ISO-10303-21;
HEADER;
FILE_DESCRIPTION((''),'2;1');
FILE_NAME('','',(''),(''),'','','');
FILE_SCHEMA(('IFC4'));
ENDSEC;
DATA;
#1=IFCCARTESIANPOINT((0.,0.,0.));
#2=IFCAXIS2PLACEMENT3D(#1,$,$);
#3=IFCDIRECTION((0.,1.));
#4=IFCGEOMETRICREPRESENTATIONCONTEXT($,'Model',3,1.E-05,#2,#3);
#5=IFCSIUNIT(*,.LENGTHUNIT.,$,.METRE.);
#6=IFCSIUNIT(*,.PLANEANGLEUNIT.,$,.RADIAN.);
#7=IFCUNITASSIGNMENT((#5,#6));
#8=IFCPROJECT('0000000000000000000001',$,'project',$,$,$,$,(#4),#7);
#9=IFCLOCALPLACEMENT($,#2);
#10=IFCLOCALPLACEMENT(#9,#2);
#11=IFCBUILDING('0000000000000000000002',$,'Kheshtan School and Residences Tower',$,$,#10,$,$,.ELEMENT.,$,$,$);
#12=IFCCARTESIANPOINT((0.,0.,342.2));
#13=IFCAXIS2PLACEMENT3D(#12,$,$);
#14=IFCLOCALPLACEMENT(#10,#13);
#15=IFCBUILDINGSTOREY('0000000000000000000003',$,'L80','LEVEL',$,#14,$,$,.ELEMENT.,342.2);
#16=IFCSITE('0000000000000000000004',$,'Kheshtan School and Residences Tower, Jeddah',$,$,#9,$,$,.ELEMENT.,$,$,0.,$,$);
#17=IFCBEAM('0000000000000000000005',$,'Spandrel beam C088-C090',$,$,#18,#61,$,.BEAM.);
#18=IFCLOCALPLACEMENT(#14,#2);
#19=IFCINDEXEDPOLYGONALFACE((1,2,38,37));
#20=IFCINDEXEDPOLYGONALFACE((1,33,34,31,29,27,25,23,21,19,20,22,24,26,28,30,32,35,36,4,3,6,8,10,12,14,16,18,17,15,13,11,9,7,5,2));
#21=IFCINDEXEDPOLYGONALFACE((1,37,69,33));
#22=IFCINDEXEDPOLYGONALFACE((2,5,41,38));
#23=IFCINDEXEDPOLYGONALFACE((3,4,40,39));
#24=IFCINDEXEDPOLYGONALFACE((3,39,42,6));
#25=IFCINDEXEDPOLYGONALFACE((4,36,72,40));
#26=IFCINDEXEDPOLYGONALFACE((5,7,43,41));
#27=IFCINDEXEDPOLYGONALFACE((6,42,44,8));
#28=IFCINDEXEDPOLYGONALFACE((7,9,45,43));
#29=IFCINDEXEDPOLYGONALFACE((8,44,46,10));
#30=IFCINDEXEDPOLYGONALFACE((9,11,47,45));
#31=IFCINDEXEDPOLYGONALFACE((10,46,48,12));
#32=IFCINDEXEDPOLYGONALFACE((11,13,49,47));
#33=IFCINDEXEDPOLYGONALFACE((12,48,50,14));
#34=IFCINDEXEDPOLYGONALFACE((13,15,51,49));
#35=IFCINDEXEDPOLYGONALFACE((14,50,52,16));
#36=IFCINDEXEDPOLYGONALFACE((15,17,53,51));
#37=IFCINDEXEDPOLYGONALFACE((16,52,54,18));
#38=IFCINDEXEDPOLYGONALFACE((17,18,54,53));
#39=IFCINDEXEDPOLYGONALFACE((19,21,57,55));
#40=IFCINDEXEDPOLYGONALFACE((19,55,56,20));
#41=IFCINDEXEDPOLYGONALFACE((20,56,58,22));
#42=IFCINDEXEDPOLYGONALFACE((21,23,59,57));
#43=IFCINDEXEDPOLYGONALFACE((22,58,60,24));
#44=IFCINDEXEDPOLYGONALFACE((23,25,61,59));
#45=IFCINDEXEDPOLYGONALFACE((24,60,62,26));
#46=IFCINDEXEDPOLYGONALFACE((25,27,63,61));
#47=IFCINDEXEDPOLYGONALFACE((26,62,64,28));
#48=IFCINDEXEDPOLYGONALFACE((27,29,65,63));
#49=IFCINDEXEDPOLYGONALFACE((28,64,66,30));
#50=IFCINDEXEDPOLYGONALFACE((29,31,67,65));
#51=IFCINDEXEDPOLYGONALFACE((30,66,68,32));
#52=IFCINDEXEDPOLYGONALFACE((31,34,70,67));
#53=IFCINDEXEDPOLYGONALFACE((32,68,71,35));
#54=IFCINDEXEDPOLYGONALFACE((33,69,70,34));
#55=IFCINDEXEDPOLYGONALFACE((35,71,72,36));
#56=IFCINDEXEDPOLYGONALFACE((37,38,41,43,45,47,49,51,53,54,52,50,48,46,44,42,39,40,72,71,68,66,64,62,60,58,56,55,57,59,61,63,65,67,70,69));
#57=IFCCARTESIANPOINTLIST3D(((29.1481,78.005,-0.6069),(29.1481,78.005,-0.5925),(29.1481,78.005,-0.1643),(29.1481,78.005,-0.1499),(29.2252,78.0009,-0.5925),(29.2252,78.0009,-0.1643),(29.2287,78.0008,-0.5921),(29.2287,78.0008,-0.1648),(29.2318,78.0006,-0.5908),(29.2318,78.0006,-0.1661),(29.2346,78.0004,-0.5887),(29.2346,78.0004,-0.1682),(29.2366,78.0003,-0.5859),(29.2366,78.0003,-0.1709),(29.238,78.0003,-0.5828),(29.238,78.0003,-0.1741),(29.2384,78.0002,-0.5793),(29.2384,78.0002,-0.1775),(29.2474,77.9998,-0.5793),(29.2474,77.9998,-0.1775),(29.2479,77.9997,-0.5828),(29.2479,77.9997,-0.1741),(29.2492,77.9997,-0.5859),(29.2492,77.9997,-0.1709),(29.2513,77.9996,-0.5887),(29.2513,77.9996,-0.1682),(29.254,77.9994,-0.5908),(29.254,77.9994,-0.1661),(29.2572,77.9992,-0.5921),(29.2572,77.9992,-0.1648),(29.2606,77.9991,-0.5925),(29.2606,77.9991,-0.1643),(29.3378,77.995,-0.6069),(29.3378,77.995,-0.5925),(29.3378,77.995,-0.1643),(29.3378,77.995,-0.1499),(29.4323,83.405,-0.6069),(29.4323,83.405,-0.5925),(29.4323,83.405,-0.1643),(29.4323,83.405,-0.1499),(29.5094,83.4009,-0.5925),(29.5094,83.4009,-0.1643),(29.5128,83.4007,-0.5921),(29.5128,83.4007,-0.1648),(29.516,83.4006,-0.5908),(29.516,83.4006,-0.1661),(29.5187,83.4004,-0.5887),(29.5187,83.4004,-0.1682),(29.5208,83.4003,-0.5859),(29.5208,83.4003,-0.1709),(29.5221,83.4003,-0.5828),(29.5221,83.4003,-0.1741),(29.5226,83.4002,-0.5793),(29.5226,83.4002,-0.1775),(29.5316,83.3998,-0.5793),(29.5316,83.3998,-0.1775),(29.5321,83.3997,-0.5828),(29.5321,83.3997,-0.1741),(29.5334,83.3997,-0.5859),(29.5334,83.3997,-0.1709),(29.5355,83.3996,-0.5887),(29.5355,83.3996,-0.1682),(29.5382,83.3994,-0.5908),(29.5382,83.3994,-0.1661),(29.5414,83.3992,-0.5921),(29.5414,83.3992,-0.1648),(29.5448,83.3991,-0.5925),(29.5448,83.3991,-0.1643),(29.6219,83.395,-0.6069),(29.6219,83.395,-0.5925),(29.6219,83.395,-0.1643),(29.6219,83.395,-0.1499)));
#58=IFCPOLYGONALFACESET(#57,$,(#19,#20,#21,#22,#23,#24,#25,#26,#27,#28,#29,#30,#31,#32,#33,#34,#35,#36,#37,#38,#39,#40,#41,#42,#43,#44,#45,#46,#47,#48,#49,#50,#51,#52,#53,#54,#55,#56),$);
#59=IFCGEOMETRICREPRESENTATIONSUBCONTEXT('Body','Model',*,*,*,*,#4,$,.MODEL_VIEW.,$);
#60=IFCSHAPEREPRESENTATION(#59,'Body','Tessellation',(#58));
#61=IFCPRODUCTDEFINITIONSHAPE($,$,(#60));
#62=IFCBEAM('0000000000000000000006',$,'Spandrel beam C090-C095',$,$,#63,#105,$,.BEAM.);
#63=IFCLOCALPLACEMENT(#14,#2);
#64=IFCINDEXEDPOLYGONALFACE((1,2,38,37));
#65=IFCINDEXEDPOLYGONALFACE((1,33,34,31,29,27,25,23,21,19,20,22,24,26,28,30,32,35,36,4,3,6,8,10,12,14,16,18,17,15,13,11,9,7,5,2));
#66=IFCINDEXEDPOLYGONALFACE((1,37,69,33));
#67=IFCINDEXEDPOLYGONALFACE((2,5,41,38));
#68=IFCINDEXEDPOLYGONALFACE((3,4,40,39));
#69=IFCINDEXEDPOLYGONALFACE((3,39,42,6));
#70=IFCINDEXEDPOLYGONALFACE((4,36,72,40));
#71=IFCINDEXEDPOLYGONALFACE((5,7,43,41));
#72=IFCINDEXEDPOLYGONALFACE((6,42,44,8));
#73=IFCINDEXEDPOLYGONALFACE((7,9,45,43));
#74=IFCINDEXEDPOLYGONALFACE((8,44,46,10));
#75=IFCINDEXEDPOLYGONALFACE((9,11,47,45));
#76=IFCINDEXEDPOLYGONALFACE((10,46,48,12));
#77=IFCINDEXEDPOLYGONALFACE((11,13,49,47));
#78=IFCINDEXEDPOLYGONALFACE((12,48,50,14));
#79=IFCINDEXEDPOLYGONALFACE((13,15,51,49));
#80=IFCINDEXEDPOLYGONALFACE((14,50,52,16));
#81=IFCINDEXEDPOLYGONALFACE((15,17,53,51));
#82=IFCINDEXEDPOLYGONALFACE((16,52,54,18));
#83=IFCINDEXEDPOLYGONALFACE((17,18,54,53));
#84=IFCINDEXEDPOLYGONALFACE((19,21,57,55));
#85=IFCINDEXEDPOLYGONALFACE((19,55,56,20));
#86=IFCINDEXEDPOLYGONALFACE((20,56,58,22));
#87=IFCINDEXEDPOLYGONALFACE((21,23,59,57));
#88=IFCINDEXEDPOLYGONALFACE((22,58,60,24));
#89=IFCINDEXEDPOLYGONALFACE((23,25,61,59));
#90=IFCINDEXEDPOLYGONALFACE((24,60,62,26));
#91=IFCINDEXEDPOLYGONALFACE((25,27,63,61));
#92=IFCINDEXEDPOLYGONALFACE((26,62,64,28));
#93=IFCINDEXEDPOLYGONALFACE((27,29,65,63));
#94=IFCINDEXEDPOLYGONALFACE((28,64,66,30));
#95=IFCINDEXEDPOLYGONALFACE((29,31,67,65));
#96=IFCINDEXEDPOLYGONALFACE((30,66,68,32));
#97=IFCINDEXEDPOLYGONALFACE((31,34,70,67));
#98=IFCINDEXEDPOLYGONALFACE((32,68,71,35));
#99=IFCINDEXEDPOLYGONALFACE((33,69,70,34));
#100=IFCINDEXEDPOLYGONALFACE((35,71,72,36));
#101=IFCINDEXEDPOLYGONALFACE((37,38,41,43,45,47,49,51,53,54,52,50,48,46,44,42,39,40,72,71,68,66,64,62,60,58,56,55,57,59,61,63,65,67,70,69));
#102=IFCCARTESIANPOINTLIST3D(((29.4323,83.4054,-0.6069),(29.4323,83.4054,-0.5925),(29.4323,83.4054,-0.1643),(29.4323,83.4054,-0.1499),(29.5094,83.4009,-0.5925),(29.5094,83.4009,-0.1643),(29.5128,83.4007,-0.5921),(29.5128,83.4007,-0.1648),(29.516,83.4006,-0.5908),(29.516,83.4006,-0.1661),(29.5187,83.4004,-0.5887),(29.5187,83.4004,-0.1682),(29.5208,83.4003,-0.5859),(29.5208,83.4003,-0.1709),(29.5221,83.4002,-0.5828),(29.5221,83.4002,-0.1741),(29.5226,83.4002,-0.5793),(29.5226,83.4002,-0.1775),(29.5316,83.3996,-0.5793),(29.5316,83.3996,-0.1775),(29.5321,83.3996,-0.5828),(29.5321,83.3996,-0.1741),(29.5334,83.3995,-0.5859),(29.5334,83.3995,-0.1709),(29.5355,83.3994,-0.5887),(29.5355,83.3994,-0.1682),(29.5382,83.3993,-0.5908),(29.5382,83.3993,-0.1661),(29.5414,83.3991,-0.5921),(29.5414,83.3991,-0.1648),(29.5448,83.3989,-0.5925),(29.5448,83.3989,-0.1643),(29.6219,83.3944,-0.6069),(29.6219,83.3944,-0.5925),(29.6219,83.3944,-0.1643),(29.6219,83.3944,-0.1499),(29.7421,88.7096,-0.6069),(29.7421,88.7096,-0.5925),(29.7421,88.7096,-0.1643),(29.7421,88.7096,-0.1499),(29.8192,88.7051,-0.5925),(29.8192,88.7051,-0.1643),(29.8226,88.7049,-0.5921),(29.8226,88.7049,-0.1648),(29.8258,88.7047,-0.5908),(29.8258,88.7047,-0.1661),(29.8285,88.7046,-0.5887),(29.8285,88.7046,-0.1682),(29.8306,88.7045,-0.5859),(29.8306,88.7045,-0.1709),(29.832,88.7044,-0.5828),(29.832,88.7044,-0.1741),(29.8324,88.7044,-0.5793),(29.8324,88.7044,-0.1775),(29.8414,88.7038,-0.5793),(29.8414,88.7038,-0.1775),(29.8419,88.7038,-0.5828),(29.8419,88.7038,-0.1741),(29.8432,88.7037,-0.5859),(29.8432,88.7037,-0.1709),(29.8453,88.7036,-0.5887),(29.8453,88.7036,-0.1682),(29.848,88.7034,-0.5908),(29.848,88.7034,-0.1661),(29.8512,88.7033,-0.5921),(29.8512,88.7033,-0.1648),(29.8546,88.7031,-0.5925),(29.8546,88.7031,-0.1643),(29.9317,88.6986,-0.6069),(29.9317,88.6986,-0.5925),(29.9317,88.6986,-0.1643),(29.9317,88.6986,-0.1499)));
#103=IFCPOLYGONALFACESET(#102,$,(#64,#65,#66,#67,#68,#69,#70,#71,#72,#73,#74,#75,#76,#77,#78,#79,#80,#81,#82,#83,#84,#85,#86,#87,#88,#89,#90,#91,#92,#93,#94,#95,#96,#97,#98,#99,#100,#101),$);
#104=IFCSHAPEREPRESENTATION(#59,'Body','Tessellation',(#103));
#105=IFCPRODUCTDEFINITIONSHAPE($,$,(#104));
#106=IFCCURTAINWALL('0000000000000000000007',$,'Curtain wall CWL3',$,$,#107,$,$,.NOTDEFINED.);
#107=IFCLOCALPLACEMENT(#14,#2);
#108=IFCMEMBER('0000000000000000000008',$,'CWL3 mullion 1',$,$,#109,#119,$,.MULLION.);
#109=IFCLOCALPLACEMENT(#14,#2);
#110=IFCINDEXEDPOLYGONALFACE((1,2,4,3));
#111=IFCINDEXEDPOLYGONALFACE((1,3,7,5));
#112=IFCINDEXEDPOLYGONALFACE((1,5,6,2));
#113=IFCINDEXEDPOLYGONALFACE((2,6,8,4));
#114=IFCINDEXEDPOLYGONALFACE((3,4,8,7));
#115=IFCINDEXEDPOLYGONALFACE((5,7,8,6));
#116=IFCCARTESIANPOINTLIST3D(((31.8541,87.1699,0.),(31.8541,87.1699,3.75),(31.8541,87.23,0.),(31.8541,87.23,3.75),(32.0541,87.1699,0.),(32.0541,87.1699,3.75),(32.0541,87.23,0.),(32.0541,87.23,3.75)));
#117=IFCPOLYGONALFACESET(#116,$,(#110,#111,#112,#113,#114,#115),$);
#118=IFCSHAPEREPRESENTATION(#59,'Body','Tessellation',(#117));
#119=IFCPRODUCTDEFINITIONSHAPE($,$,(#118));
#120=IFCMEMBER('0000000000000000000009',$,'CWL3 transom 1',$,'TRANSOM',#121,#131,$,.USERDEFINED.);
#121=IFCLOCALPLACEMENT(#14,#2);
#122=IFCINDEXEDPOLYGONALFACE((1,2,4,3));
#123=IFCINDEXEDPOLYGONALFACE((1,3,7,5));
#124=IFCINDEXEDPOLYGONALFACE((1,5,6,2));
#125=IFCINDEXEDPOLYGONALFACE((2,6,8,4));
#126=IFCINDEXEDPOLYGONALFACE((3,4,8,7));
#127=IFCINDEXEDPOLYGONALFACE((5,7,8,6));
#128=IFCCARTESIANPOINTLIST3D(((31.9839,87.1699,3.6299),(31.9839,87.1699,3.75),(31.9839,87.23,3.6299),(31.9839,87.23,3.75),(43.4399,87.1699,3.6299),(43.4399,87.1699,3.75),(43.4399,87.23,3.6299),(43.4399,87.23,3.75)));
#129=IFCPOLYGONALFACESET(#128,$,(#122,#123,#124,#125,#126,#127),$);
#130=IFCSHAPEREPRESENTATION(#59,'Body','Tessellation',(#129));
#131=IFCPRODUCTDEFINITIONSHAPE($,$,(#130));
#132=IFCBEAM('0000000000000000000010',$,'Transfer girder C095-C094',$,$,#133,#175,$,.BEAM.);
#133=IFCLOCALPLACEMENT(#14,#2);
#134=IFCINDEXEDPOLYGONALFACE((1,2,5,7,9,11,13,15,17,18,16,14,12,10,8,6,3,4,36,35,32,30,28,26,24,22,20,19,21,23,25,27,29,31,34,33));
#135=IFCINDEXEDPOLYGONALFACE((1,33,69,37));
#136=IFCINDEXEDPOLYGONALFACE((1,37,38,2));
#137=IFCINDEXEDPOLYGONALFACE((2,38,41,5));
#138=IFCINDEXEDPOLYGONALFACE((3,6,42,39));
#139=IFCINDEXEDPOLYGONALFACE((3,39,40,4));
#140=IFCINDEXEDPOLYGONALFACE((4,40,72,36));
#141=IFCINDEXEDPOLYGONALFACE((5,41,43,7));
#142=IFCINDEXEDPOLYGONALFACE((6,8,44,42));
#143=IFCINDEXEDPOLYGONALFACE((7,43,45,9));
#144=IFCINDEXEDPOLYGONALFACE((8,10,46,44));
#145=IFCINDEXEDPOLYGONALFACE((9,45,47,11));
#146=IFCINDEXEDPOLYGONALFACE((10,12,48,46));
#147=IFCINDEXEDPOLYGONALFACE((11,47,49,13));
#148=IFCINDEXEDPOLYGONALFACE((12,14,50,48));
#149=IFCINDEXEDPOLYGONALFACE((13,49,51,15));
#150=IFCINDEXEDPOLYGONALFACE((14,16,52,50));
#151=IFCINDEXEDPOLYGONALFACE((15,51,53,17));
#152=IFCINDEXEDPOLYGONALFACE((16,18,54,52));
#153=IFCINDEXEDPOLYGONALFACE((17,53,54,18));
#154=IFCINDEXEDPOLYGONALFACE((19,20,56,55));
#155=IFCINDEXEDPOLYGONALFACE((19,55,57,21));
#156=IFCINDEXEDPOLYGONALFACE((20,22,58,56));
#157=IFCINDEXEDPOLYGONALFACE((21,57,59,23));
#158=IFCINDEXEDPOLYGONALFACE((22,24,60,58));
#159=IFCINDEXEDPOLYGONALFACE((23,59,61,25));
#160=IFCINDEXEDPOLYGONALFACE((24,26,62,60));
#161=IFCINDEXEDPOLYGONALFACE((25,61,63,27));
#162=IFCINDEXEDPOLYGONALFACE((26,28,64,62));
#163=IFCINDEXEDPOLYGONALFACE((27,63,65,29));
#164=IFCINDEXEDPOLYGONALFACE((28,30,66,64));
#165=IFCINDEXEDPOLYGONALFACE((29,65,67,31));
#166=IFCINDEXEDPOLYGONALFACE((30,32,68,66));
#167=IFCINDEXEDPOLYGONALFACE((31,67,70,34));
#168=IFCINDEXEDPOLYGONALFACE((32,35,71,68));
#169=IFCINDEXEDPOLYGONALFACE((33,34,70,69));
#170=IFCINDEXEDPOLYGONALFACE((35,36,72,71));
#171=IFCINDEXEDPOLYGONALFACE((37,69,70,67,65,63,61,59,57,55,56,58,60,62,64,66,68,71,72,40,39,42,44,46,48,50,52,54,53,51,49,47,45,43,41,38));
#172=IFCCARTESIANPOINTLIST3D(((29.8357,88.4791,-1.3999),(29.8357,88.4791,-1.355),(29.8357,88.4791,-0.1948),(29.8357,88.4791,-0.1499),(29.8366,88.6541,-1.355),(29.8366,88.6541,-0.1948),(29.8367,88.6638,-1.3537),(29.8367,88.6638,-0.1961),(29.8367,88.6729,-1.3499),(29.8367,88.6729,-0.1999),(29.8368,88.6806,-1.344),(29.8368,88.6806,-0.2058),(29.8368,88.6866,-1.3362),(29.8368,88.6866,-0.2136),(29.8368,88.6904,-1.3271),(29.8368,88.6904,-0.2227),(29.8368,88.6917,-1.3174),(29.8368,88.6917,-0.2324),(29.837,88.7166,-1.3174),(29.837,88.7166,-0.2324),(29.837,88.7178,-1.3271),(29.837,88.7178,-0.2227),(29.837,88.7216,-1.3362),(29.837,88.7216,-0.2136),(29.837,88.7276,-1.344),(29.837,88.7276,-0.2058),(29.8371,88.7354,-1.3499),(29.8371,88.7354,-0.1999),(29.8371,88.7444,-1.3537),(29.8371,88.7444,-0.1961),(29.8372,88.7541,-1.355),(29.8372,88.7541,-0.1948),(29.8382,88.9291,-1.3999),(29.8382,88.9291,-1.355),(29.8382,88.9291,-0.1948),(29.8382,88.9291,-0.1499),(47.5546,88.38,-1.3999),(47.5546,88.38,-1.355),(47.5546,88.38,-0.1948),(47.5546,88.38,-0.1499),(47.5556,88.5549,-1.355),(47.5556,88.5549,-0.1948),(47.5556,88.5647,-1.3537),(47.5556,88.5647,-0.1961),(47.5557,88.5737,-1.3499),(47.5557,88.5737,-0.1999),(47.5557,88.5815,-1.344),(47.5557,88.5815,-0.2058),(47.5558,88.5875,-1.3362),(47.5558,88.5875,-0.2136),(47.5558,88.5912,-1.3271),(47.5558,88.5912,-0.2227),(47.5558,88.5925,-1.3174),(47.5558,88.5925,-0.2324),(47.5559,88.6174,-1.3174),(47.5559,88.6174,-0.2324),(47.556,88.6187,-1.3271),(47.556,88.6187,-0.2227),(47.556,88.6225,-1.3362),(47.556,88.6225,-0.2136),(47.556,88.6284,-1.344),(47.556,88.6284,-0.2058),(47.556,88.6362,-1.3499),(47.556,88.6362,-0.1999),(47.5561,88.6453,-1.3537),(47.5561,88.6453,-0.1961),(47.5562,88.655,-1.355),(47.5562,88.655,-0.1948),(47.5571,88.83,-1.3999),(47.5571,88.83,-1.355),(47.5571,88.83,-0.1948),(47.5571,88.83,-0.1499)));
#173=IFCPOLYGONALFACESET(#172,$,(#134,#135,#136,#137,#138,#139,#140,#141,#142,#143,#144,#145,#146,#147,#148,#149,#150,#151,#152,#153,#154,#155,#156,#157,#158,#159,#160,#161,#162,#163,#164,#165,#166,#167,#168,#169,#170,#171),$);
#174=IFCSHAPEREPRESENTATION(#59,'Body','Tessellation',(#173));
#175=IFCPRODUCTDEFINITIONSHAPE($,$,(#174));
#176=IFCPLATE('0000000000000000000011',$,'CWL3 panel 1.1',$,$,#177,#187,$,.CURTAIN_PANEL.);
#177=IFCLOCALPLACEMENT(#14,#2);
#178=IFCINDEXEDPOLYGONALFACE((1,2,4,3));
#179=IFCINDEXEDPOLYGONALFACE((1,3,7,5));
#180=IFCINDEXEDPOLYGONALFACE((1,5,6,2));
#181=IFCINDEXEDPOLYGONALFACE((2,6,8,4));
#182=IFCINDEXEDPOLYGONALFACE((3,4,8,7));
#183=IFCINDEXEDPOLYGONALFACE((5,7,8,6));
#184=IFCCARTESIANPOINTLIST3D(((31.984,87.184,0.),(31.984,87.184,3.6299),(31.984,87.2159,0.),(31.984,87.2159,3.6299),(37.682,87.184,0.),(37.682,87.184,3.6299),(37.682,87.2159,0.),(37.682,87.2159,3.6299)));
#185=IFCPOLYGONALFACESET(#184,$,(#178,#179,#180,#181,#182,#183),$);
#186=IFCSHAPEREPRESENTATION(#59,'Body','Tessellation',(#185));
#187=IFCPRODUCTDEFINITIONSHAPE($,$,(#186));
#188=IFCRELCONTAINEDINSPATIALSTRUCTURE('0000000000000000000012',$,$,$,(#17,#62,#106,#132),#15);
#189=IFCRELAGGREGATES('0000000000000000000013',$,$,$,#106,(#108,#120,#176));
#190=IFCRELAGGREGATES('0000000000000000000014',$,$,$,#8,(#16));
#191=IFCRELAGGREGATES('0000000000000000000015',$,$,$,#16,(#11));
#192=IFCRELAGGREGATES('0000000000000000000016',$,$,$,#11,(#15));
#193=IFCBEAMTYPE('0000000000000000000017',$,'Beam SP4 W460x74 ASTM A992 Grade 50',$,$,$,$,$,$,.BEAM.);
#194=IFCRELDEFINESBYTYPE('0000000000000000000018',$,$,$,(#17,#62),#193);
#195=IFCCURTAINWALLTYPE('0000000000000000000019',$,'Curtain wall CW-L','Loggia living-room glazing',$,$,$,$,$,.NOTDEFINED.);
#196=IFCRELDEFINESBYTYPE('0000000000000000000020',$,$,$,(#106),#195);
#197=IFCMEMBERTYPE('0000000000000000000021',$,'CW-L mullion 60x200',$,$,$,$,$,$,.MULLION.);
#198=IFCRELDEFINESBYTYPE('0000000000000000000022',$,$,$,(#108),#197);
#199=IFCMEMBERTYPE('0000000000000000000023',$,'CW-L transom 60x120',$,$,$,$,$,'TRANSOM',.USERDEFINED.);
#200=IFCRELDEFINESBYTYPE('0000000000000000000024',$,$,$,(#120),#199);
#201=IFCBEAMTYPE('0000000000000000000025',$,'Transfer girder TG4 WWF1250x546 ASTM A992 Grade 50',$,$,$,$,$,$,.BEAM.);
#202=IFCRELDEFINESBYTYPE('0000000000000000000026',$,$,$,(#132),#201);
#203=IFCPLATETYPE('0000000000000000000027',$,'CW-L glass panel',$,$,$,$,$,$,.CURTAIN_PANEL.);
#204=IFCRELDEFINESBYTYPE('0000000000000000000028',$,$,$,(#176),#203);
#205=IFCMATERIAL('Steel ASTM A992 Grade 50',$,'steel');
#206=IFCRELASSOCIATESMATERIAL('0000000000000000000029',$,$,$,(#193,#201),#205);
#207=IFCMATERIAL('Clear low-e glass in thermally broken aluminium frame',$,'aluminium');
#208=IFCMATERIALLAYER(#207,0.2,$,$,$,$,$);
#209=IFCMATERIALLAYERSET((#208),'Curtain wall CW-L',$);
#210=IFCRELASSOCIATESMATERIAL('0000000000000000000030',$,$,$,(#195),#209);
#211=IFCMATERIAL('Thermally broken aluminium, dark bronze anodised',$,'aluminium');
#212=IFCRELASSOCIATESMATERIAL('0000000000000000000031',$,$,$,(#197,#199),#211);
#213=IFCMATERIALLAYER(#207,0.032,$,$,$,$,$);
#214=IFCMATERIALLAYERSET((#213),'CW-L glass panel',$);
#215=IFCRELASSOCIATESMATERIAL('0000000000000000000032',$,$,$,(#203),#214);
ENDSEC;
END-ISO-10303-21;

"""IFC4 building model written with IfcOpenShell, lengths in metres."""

from ifc_helpers import new_model, si_unit, direction, frame, origin, origin_2d, place, context, subcontext, project, spatial, rectangle, i_section, extrude, material, layer, layer_set, material_profile, profile_set, type_object, element, aggregate, save


model = new_model("IFC4")

# Units and contexts
model_context = context("Model", 3, precision=1e-05, world=origin(), true_north=direction((0.0, 1.0)))
body_context = subcontext(model_context, "Body", "Model", "MODEL_VIEW")
ifc_project = project(units=[si_unit("LENGTHUNIT", "METRE"), si_unit("PLANEANGLEUNIT", "RADIAN")], contexts=[model_context])

# Site, building, storey
site_placement = place(None, origin())
site = spatial("IfcSite", under=ifc_project, at=site_placement, Name="Kheshtan School and Residences Tower, Jeddah", CompositionType="ELEMENT", RefElevation=0.0)
building_placement = place(site_placement, origin())
building = spatial("IfcBuilding", under=site, at=building_placement, Name="Kheshtan School and Residences Tower", CompositionType="ELEMENT")
storey_placement = place(building_placement, frame((0.0, 0.0, 342.2)))
storey = spatial("IfcBuildingStorey", under=building, at=storey_placement, Name="L80", Description="LEVEL", CompositionType="ELEMENT", Elevation=342.2)

# Shared definitions
ifc_material_1 = material(Name="Steel ASTM A992 Grade 50", Category="steel")

# Beams
ifc_material_profile_1 = material_profile(ifc_material_1, i_section(OverallWidth=0.1899, OverallDepth=0.457, WebThickness=0.009, FlangeThickness=0.0144, FilletRadius=0.0132, at=origin_2d()), Name="W460x74")
ifc_profile_set_1 = profile_set([ifc_material_profile_1], Name="Steel ASTM A992 Grade 50")
beam_type_1 = type_object("IfcBeamType", Name="Beam SP4 W460x74 ASTM A992 Grade 50", PredefinedType="BEAM", material=ifc_profile_set_1)
beam_1_placement = place(storey_placement, frame((29.2429, 78.0, -0.3784), z_axis=(0.052554, 0.998618, 0.0), x_axis=(-0.998618, 0.052554, 0.0)))
element("IfcBeam", 1, at=beam_1_placement, inside=storey, type_object=beam_type_1, Name="Spandrel beam C088-C090", PredefinedType="BEAM", context=body_context, shape_type="SweptSolid", body=[
    extrude(i_section(OverallWidth=0.1899, OverallDepth=0.457, WebThickness=0.009, FlangeThickness=0.0144, FilletRadius=0.0132, at=origin_2d()), origin(), (0.0, 0.0, 1.0), 5.4075),
])
beam_2_placement = place(storey_placement, frame((29.5271, 83.3999, -0.3784), z_axis=(0.05831, 0.998299, 0.0), x_axis=(-0.998299, 0.05831, 0.0)))
element("IfcBeam", 2, at=beam_2_placement, inside=storey, type_object=beam_type_1, Name="Spandrel beam C090-C095", PredefinedType="BEAM", context=body_context, shape_type="SweptSolid", body=[
    extrude(i_section(OverallWidth=0.1899, OverallDepth=0.457, WebThickness=0.009, FlangeThickness=0.0144, FilletRadius=0.0132, at=origin_2d()), origin(), (0.0, 0.0, 1.0), 5.3132),
])

# Curtain wall, members
ifc_material_2 = material(Name="Clear low-e glass in thermally broken aluminium frame", Category="aluminium")
ifc_layer_1 = layer(ifc_material_2, 0.2)
ifc_layer_set_1 = layer_set([ifc_layer_1], Name="Curtain wall CW-L")
curtain_wall_type = type_object("IfcCurtainWallType", Name="Curtain wall CW-L", Description="Loggia living-room glazing", PredefinedType="NOTDEFINED", material=ifc_layer_set_1)
curtain_wall_placement = place(storey_placement, origin())
curtain_wall = element("IfcCurtainWall", 3, at=curtain_wall_placement, inside=storey, type_object=curtain_wall_type, Name="Curtain wall CWL3", PredefinedType="NOTDEFINED")
ifc_material_3 = material(Name="Thermally broken aluminium, dark bronze anodised", Category="aluminium")
ifc_material_profile_2 = material_profile(ifc_material_3, rectangle(XDim=0.0601, YDim=0.2, at=origin_2d()), Name="CW-L mullion 60x200")
ifc_profile_set_2 = profile_set([ifc_material_profile_2], Name="Thermally broken aluminium, dark bronze anodised")
member_type_1 = type_object("IfcMemberType", Name="CW-L mullion 60x200", PredefinedType="MULLION", material=ifc_profile_set_2)
member_1_placement = place(storey_placement, frame((31.9541, 87.2, 0.0), z_axis=(0.0, 0.0, 1.0), x_axis=(0.0, 1.0, 0.0)))
member_1 = element("IfcMember", 4, at=member_1_placement, type_object=member_type_1, Name="CWL3 mullion 1", PredefinedType="MULLION", context=body_context, shape_type="SweptSolid", body=[
    extrude(rectangle(XDim=0.0601, YDim=0.2, at=origin_2d()), origin(), (0.0, 0.0, 1.0), 3.75),
])
ifc_material_profile_3 = material_profile(ifc_material_3, rectangle(XDim=0.0601, YDim=0.1201, at=origin_2d()), Name="CW-L transom 60x120")
ifc_profile_set_3 = profile_set([ifc_material_profile_3], Name="Thermally broken aluminium, dark bronze anodised")
member_type_2 = type_object("IfcMemberType", Name="CW-L transom 60x120", ElementType="TRANSOM", PredefinedType="USERDEFINED", material=ifc_profile_set_3)
member_2_placement = place(storey_placement, frame((31.9839, 87.2, 3.6899), z_axis=(1.0, 0.0, 0.0), x_axis=(0.0, 1.0, 0.0)))
member_2 = element("IfcMember", 5, at=member_2_placement, type_object=member_type_2, Name="CWL3 transom 1", ObjectType="TRANSOM", PredefinedType="USERDEFINED", context=body_context, shape_type="SweptSolid", body=[
    extrude(rectangle(XDim=0.0601, YDim=0.1201, at=origin_2d()), origin(), (0.0, 0.0, 1.0), 11.4561),
])

# Beam
ifc_material_profile_4 = material_profile(ifc_material_1, i_section(OverallWidth=0.45, OverallDepth=1.25, WebThickness=0.0249, FlangeThickness=0.0449, FilletRadius=0.0376, at=origin_2d()), Name="WWF1250x546")
ifc_profile_set_4 = profile_set([ifc_material_profile_4], Name="Steel ASTM A992 Grade 50")
beam_type_2 = type_object("IfcBeamType", Name="Transfer girder TG4 WWF1250x546 ASTM A992 Grade 50", PredefinedType="BEAM", material=ifc_profile_set_4)
beam_3_placement = place(storey_placement, frame((29.8369, 88.7041, -0.7749), z_axis=(0.999984, -0.005594, 0.0), x_axis=(0.005594, 0.999984, 0.0)))
element("IfcBeam", 6, at=beam_3_placement, inside=storey, type_object=beam_type_2, Name="Transfer girder C095-C094", PredefinedType="BEAM", context=body_context, shape_type="SweptSolid", body=[
    extrude(i_section(OverallWidth=0.45, OverallDepth=1.25, WebThickness=0.0249, FlangeThickness=0.0449, FilletRadius=0.0376, at=origin_2d()), origin(), (0.0, 0.0, 1.0), 17.7192),
])

# Plate
ifc_layer_2 = layer(ifc_material_2, 0.032)
ifc_layer_set_2 = layer_set([ifc_layer_2], Name="CW-L glass panel")
plate_type = type_object("IfcPlateType", Name="CW-L glass panel", PredefinedType="CURTAIN_PANEL", material=ifc_layer_set_2)
plate_placement = place(storey_placement, frame((34.833, 87.2, 0.0), z_axis=(0.0, 0.0, 1.0), x_axis=(1.0, 0.0, 0.0)))
plate = element("IfcPlate", 7, at=plate_placement, type_object=plate_type, Name="CWL3 panel 1.1", PredefinedType="CURTAIN_PANEL", context=body_context, shape_type="SweptSolid", body=[
    extrude(rectangle(XDim=5.698, YDim=0.032, at=origin_2d()), origin(), (0.0, 0.0, 1.0), 3.6299),
])
aggregate(curtain_wall, [member_1, member_2, plate])

save(model, "model.ifc")
